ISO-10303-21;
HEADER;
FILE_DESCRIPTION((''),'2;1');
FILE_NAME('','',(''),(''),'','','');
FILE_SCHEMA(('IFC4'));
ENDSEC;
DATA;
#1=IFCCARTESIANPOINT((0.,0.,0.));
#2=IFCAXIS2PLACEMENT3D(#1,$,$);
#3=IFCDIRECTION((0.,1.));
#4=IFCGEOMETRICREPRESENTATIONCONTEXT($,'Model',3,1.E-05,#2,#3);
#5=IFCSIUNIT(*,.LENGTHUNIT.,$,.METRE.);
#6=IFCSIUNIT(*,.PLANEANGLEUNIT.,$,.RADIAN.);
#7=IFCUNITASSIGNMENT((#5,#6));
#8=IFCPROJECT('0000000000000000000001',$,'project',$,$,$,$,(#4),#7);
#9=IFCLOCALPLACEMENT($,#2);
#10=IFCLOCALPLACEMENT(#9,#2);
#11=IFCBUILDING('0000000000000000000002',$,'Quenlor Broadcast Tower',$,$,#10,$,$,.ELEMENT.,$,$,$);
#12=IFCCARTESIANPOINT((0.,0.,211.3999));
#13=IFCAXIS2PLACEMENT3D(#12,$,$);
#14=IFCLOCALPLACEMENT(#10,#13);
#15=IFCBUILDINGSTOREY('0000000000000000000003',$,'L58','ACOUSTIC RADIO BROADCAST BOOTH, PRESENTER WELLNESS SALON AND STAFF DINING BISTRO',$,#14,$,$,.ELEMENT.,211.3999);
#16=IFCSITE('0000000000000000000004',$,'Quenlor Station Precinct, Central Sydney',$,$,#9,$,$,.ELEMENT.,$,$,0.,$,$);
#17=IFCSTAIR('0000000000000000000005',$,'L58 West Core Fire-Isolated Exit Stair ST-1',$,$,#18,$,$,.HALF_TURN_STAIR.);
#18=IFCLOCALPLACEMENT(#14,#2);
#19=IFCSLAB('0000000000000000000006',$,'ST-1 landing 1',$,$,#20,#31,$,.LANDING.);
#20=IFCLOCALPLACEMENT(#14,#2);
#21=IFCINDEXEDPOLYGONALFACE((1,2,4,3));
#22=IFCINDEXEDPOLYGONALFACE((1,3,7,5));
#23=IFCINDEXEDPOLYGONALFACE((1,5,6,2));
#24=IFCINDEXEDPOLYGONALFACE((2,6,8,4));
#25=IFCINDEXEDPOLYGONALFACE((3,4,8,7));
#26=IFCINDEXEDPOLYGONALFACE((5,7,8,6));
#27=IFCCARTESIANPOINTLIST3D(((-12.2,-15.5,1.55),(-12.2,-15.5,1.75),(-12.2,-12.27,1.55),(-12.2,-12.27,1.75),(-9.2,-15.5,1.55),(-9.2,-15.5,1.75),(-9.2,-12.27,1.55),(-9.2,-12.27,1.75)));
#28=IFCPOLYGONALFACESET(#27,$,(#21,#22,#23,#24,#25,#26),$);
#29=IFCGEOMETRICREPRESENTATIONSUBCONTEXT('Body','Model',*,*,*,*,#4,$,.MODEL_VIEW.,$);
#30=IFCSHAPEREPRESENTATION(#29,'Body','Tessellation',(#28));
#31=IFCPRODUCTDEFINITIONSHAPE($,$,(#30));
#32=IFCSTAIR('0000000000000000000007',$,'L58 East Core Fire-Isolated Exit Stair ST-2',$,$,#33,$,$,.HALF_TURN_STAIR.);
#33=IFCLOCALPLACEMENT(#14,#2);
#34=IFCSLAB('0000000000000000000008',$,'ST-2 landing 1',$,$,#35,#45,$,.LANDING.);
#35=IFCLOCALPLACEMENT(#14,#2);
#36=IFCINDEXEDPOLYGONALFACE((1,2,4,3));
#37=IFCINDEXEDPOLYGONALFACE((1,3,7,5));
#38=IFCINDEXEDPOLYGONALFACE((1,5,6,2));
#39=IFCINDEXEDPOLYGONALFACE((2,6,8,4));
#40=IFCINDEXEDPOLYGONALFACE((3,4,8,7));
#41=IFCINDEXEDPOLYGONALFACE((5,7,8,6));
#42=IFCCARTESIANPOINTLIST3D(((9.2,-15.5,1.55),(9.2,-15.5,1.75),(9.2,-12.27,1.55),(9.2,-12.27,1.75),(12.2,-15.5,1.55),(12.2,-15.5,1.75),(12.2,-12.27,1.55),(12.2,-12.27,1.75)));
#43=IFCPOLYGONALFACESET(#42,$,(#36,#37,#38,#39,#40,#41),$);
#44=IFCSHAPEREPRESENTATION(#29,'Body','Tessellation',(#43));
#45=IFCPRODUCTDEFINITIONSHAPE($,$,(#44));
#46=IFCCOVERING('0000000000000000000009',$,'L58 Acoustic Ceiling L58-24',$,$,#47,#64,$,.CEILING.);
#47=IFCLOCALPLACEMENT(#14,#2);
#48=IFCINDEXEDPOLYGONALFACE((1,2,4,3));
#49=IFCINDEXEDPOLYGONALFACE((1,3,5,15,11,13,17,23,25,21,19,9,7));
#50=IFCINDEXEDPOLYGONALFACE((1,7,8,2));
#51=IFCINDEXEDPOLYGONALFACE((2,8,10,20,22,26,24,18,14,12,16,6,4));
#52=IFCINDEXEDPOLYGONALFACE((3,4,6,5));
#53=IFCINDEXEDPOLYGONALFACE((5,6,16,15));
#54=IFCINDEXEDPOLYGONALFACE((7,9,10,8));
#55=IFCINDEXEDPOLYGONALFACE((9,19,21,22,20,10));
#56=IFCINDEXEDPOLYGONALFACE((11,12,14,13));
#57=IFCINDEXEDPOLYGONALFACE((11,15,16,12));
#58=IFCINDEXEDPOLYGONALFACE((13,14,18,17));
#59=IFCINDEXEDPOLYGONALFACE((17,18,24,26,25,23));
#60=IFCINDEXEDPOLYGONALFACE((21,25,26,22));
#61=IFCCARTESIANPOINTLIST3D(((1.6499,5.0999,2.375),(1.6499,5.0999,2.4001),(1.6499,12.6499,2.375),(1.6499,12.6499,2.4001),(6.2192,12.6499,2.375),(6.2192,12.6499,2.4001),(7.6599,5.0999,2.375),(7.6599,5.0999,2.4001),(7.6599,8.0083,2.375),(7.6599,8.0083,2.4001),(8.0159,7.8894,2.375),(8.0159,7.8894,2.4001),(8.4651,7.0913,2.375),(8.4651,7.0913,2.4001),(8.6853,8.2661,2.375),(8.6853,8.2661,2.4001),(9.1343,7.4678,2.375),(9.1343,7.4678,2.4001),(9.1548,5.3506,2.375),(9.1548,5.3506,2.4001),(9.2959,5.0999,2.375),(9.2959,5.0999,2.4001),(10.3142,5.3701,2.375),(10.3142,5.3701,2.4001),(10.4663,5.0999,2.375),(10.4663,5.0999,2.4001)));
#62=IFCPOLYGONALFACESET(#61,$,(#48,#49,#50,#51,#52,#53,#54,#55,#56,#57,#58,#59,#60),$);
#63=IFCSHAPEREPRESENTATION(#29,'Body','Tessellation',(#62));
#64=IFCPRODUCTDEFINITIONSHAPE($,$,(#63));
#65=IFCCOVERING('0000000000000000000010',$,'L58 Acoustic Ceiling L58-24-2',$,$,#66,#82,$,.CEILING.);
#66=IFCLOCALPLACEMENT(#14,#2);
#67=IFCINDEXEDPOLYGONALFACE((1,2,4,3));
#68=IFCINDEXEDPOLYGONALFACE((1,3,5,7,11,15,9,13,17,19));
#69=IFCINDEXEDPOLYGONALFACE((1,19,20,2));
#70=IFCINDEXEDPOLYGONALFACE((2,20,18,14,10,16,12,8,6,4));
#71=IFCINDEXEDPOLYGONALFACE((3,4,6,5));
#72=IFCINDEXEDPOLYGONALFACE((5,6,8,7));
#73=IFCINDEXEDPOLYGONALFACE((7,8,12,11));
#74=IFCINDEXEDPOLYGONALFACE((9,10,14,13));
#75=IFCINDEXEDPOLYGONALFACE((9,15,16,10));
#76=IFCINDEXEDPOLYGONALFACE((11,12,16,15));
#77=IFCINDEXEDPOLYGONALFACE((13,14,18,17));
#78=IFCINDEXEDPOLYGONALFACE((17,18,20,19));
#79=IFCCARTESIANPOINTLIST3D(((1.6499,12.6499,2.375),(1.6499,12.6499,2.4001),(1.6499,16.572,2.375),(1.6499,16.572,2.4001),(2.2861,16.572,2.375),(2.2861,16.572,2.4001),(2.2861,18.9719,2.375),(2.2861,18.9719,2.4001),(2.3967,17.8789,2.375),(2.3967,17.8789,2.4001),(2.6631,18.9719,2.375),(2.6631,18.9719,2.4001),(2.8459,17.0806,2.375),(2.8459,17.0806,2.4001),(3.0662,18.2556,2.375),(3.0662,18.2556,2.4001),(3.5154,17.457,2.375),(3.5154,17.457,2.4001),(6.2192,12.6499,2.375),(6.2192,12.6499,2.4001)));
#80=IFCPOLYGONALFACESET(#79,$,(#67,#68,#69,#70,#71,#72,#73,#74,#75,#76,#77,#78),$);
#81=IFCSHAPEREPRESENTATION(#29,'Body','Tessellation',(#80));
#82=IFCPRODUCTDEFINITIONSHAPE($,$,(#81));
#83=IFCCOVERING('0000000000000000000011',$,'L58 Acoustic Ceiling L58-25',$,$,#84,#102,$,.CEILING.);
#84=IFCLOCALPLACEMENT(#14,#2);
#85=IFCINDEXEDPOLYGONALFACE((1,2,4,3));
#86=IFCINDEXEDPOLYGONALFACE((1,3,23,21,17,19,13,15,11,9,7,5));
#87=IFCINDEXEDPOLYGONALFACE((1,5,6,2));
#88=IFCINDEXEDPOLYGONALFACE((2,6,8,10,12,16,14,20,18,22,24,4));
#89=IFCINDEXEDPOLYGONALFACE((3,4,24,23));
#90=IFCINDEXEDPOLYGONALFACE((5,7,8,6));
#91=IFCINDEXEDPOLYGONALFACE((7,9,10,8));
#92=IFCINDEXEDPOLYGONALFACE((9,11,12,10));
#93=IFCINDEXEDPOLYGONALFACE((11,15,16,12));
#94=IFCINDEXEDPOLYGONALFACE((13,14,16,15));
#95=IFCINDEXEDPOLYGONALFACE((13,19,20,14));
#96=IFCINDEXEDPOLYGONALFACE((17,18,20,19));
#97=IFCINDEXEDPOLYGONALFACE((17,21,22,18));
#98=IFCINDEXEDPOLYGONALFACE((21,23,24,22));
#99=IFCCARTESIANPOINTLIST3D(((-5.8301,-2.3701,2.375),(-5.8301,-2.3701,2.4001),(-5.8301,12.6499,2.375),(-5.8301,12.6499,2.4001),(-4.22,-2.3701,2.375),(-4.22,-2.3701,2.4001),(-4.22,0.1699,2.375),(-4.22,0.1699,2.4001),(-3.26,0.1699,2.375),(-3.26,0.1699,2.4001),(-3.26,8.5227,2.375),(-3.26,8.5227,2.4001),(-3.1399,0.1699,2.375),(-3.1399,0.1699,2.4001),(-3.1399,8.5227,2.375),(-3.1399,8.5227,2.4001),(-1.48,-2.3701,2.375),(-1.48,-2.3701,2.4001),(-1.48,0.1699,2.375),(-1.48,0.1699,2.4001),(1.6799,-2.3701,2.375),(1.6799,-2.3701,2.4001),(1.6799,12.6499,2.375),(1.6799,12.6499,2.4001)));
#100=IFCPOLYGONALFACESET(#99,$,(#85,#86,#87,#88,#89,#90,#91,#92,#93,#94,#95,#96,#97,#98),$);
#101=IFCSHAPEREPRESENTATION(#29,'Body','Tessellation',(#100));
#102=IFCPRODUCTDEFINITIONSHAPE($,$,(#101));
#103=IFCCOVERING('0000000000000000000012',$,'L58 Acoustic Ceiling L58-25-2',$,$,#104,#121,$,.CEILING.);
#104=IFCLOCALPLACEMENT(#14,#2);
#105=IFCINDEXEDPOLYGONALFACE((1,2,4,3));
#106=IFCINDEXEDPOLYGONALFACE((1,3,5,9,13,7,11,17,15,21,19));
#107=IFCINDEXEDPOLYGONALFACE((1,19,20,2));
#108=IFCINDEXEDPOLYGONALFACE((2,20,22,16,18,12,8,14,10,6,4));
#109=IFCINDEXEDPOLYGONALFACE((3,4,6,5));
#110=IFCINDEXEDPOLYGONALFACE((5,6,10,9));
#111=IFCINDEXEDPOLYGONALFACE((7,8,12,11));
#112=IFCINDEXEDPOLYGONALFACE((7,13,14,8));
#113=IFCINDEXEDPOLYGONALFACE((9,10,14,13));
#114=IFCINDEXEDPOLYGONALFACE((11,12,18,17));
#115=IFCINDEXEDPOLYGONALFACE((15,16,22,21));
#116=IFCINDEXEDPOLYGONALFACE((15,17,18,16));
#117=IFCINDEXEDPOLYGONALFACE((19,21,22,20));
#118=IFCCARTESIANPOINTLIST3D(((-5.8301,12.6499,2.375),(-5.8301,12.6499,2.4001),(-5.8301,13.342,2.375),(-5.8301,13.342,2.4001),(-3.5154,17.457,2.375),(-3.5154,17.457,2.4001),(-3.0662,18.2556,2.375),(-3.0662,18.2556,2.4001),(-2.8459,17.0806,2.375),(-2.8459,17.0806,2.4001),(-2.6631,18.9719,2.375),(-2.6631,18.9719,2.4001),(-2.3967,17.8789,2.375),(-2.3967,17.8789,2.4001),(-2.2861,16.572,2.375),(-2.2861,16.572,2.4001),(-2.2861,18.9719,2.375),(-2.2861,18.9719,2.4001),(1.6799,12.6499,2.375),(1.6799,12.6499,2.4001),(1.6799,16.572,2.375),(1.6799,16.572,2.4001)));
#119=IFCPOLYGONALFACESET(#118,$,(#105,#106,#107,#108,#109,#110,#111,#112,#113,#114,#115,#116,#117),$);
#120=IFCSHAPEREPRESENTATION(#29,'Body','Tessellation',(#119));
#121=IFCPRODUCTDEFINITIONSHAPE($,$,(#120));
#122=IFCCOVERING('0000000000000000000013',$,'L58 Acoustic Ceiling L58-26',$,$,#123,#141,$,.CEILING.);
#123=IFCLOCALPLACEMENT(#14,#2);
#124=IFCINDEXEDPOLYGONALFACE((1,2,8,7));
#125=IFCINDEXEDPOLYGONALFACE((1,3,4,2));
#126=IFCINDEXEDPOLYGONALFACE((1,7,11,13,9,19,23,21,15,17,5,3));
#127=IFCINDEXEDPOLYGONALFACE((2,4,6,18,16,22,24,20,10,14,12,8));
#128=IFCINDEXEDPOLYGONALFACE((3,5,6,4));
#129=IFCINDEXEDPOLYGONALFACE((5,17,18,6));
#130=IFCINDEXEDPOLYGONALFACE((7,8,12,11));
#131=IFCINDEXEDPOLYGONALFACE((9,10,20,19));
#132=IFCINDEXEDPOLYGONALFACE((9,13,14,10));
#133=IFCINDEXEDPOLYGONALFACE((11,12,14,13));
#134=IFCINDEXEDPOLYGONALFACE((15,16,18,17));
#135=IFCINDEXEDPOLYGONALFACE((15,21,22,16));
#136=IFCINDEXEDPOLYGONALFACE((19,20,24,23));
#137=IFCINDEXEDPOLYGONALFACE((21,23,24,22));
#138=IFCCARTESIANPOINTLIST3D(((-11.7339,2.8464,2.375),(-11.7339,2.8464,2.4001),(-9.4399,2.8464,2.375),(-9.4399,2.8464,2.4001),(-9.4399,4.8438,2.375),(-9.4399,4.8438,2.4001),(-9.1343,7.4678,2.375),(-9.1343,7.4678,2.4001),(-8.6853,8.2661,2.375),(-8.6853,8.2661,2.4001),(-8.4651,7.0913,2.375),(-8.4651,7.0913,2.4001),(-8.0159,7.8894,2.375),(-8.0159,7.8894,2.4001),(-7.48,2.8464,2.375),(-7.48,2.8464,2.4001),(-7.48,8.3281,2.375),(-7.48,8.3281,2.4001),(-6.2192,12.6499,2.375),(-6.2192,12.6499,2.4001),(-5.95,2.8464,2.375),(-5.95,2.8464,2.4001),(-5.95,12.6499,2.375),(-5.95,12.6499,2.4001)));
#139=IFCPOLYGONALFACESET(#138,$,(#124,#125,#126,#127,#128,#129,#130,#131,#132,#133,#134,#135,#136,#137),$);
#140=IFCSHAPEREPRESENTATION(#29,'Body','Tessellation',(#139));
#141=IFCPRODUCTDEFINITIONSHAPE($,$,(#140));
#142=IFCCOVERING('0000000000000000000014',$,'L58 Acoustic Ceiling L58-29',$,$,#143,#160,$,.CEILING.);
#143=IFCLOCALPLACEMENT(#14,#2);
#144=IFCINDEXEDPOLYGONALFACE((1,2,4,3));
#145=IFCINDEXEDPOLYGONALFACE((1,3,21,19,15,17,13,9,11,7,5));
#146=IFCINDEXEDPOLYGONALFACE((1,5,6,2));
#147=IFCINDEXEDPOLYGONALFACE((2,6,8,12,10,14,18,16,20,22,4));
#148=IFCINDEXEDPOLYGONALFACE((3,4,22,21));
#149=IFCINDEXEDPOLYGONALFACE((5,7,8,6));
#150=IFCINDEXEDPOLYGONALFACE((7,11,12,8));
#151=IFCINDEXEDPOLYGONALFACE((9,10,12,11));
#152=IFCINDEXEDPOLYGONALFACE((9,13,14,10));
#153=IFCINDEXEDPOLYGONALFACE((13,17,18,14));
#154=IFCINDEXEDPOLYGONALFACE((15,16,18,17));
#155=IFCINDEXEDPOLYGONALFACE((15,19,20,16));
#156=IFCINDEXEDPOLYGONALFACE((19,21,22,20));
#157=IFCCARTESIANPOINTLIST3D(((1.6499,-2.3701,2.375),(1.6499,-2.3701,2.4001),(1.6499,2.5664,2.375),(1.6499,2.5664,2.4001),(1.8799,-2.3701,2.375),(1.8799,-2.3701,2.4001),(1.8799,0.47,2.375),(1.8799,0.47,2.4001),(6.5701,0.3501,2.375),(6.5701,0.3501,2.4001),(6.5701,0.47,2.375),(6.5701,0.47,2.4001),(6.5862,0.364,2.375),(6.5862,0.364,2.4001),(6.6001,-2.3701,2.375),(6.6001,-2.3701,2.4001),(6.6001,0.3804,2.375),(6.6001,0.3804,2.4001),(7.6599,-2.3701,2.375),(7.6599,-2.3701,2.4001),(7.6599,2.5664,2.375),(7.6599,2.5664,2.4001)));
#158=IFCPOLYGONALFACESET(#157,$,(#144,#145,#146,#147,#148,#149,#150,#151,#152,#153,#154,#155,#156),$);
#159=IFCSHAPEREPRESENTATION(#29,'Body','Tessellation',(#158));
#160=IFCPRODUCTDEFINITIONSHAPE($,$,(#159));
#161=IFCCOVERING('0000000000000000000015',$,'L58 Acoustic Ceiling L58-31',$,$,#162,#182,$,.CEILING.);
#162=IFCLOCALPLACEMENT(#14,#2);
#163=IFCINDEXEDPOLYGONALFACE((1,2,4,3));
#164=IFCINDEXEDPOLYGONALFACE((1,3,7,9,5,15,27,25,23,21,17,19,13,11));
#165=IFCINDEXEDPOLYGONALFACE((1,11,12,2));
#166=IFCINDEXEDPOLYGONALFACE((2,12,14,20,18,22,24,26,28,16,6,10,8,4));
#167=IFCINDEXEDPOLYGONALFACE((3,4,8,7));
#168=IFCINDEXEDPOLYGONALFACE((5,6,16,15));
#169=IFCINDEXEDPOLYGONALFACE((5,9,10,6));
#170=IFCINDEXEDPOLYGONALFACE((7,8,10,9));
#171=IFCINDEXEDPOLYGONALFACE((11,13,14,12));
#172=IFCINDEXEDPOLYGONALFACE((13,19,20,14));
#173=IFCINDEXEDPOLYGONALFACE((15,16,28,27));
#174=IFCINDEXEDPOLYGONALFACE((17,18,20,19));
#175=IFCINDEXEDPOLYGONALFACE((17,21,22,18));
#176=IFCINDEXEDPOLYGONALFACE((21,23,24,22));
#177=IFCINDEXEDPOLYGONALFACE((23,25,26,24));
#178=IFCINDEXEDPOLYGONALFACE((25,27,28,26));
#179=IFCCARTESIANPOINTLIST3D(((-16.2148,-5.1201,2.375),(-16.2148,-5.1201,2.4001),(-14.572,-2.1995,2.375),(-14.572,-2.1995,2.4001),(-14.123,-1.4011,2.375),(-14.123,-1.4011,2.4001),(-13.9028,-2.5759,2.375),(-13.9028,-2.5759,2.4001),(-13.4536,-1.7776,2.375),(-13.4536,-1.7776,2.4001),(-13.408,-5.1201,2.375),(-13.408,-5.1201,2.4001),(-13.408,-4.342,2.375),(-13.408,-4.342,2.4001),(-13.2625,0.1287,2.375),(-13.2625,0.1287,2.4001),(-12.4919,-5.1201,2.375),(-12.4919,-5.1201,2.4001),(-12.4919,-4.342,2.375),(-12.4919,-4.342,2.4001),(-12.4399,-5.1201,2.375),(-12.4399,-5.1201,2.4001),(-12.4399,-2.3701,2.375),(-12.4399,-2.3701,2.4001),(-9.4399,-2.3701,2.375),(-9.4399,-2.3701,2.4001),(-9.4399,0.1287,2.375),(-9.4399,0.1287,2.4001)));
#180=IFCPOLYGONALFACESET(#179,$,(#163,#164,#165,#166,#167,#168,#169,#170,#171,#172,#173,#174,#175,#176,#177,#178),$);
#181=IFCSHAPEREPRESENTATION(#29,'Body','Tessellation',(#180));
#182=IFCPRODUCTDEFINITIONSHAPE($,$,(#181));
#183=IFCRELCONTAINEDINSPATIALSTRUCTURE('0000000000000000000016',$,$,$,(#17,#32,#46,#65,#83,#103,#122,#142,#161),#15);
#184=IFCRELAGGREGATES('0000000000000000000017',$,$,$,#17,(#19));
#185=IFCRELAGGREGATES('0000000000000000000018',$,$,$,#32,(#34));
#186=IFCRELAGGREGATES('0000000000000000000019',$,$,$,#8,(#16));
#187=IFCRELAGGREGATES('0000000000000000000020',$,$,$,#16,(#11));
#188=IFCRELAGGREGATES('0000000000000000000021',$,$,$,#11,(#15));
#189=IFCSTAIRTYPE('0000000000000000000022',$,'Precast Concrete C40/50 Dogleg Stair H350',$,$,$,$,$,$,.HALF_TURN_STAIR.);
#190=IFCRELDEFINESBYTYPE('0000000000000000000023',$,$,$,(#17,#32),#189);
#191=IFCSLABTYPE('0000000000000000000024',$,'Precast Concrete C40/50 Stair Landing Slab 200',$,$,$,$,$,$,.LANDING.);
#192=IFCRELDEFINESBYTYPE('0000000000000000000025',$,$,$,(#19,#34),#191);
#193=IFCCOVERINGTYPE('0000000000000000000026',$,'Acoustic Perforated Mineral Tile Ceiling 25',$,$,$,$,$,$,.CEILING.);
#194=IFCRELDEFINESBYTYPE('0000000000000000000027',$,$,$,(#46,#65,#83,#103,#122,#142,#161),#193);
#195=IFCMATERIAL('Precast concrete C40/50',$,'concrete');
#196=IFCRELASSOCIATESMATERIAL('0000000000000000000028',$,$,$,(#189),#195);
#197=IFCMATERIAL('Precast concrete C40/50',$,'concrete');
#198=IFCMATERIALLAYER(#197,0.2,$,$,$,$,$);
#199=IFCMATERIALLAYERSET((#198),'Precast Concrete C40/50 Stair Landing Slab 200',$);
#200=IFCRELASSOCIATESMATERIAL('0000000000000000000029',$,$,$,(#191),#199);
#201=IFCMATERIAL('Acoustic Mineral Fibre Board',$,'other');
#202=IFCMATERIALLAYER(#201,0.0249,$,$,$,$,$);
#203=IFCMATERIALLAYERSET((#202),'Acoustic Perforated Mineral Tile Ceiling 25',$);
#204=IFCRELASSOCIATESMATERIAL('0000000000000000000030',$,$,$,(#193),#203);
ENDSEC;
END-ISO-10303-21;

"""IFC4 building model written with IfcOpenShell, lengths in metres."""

from ifc_helpers import new_model, si_unit, direction, frame, origin, place, context, subcontext, project, spatial, polyline, outline, extrude, material, layer, layer_set, type_object, element, aggregate, save


model = new_model("IFC4")

# Units and contexts
model_context = context("Model", 3, precision=1e-05, world=origin(), true_north=direction((0.0, 1.0)))
body_context = subcontext(model_context, "Body", "Model", "MODEL_VIEW")
ifc_project = project(units=[si_unit("LENGTHUNIT", "METRE"), si_unit("PLANEANGLEUNIT", "RADIAN")], contexts=[model_context])

# Site, building, storey
site_placement = place(None, origin())
site = spatial("IfcSite", under=ifc_project, at=site_placement, Name="Quenlor Station Precinct, Central Sydney", CompositionType="ELEMENT", RefElevation=0.0)
building_placement = place(site_placement, origin())
building = spatial("IfcBuilding", under=site, at=building_placement, Name="Quenlor Broadcast Tower", CompositionType="ELEMENT")
storey_placement = place(building_placement, frame((0.0, 0.0, 211.3999)))
storey = spatial("IfcBuildingStorey", under=building, at=storey_placement, Name="L58", Description="ACOUSTIC RADIO BROADCAST BOOTH, PRESENTER WELLNESS SALON AND STAFF DINING BISTRO", CompositionType="ELEMENT", Elevation=211.3999)

# Stairs, slabs
ifc_material_1 = material(Name="Precast concrete C40/50", Category="concrete")
stair_type = type_object("IfcStairType", Name="Precast Concrete C40/50 Dogleg Stair H350", PredefinedType="HALF_TURN_STAIR", material=ifc_material_1)
stair_1_placement = place(storey_placement, origin())
stair_1 = element("IfcStair", 1, at=stair_1_placement, inside=storey, type_object=stair_type, Name="L58 West Core Fire-Isolated Exit Stair ST-1", PredefinedType="HALF_TURN_STAIR")
ifc_material_2 = material(Name="Precast concrete C40/50", Category="concrete")
ifc_layer_1 = layer(ifc_material_2, 0.2)
ifc_layer_set_1 = layer_set([ifc_layer_1], Name="Precast Concrete C40/50 Stair Landing Slab 200")
slab_type = type_object("IfcSlabType", Name="Precast Concrete C40/50 Stair Landing Slab 200", PredefinedType="LANDING", material=ifc_layer_set_1)
slab_1_placement = place(storey_placement, frame((0.0, 0.0, 1.55)))
slab_1 = element("IfcSlab", 2, at=slab_1_placement, type_object=slab_type, Name="ST-1 landing 1", PredefinedType="LANDING", context=body_context, shape_type="SweptSolid", body=[
    extrude(outline(polyline([(-12.2, -12.27), (-12.2, -15.5), (-9.2, -15.5), (-9.2, -12.27), (-12.2, -12.27)])), origin(), (0.0, 0.0, 1.0), 0.2),
])
aggregate(stair_1, [slab_1])
stair_2_placement = place(storey_placement, origin())
stair_2 = element("IfcStair", 3, at=stair_2_placement, inside=storey, type_object=stair_type, Name="L58 East Core Fire-Isolated Exit Stair ST-2", PredefinedType="HALF_TURN_STAIR")
slab_2_placement = place(storey_placement, frame((0.0, 0.0, 1.55)))
slab_2 = element("IfcSlab", 4, at=slab_2_placement, type_object=slab_type, Name="ST-2 landing 1", PredefinedType="LANDING", context=body_context, shape_type="SweptSolid", body=[
    extrude(outline(polyline([(9.2, -12.27), (9.2, -15.5), (12.2, -15.5), (12.2, -12.27), (9.2, -12.27)])), origin(), (0.0, 0.0, 1.0), 0.2),
])
aggregate(stair_2, [slab_2])

# Coverings
ifc_material_3 = material(Name="Acoustic Mineral Fibre Board", Category="other")
ifc_layer_2 = layer(ifc_material_3, 0.0249)
ifc_layer_set_2 = layer_set([ifc_layer_2], Name="Acoustic Perforated Mineral Tile Ceiling 25")
covering_type_1 = type_object("IfcCoveringType", Name="Acoustic Perforated Mineral Tile Ceiling 25", PredefinedType="CEILING", material=ifc_layer_set_2)
covering_1_placement = place(storey_placement, frame((0.0, 0.0, 2.375)))
element("IfcCovering", 5, at=covering_1_placement, inside=storey, type_object=covering_type_1, Name="L58 Acoustic Ceiling L58-24", PredefinedType="CEILING", context=body_context, shape_type="SweptSolid", body=[
    extrude(outline(polyline([(1.6499, 5.0999), (1.6499, 12.6499), (6.2192, 12.6499), (8.6853, 8.2661), (8.0159, 7.8894), (8.4651, 7.0913), (9.1343, 7.4678), (10.3142, 5.3701), (10.4663, 5.0999), (9.2959, 5.0999), (9.1548, 5.3506), (7.6599, 8.0083), (7.6599, 5.0999), (1.6499, 5.0999)])), origin(), (0.0, 0.0, 1.0), 0.0251),
])
covering_2_placement = place(storey_placement, frame((0.0, 0.0, 2.375)))
element("IfcCovering", 6, at=covering_2_placement, inside=storey, type_object=covering_type_1, Name="L58 Acoustic Ceiling L58-24-2", PredefinedType="CEILING", context=body_context, shape_type="SweptSolid", body=[
    extrude(outline(polyline([(1.6499, 16.572), (2.2861, 16.572), (2.2861, 18.9719), (2.6631, 18.9719), (3.0662, 18.2556), (2.3967, 17.8789), (2.8459, 17.0806), (3.5154, 17.457), (6.2192, 12.6499), (1.6499, 12.6499), (1.6499, 16.572)])), origin(), (0.0, 0.0, 1.0), 0.0251),
])
covering_3_placement = place(storey_placement, frame((0.0, 0.0, 2.375)))
element("IfcCovering", 7, at=covering_3_placement, inside=storey, type_object=covering_type_1, Name="L58 Acoustic Ceiling L58-25", PredefinedType="CEILING", context=body_context, shape_type="SweptSolid", body=[
    extrude(outline(polyline([(1.6799, -2.3701), (-1.48, -2.3701), (-1.48, 0.1699), (-3.1399, 0.1699), (-3.1399, 8.5227), (-3.26, 8.5227), (-3.26, 0.1699), (-4.22, 0.1699), (-4.22, -2.3701), (-5.8301, -2.3701), (-5.8301, 12.6499), (1.6799, 12.6499), (1.6799, -2.3701)])), origin(), (0.0, 0.0, 1.0), 0.0251),
])
covering_4_placement = place(storey_placement, frame((0.0, 0.0, 2.375)))
element("IfcCovering", 8, at=covering_4_placement, inside=storey, type_object=covering_type_1, Name="L58 Acoustic Ceiling L58-25-2", PredefinedType="CEILING", context=body_context, shape_type="SweptSolid", body=[
    extrude(outline(polyline([(1.6799, 16.572), (1.6799, 12.6499), (-5.8301, 12.6499), (-5.8301, 13.342), (-3.5154, 17.457), (-2.8459, 17.0806), (-2.3967, 17.8789), (-3.0662, 18.2556), (-2.6631, 18.9719), (-2.2861, 18.9719), (-2.2861, 16.572), (1.6799, 16.572)])), origin(), (0.0, 0.0, 1.0), 0.0251),
])
covering_5_placement = place(storey_placement, frame((0.0, 0.0, 2.375)))
element("IfcCovering", 9, at=covering_5_placement, inside=storey, type_object=covering_type_1, Name="L58 Acoustic Ceiling L58-26", PredefinedType="CEILING", context=body_context, shape_type="SweptSolid", body=[
    extrude(outline(polyline([(-7.48, 2.8464), (-7.48, 8.3281), (-9.4399, 4.8438), (-9.4399, 2.8464), (-11.7339, 2.8464), (-9.1343, 7.4678), (-8.4651, 7.0913), (-8.0159, 7.8894), (-8.6853, 8.2661), (-6.2192, 12.6499), (-5.95, 12.6499), (-5.95, 2.8464), (-7.48, 2.8464)])), origin(), (0.0, 0.0, 1.0), 0.0251),
])
covering_6_placement = place(storey_placement, frame((0.0, 0.0, 2.375)))
element("IfcCovering", 10, at=covering_6_placement, inside=storey, type_object=covering_type_1, Name="L58 Acoustic Ceiling L58-29", PredefinedType="CEILING", context=body_context, shape_type="SweptSolid", body=[
    extrude(outline(polyline([(6.5862, 0.364), (6.5701, 0.3501), (6.5701, 0.47), (1.8799, 0.47), (1.8799, -2.3701), (1.6499, -2.3701), (1.6499, 2.5664), (7.6599, 2.5664), (7.6599, -2.3701), (6.6001, -2.3701), (6.6001, 0.3804), (6.5862, 0.364)])), origin(), (0.0, 0.0, 1.0), 0.0251),
])
covering_7_placement = place(storey_placement, frame((0.0, 0.0, 2.375)))
element("IfcCovering", 11, at=covering_7_placement, inside=storey, type_object=covering_type_1, Name="L58 Acoustic Ceiling L58-31", PredefinedType="CEILING", context=body_context, shape_type="SweptSolid", body=[
    extrude(outline(polyline([(-14.572, -2.1995), (-13.9028, -2.5759), (-13.4536, -1.7776), (-14.123, -1.4011), (-13.2625, 0.1287), (-9.4399, 0.1287), (-9.4399, -2.3701), (-12.4399, -2.3701), (-12.4399, -5.1201), (-12.4919, -5.1201), (-12.4919, -4.342), (-13.408, -4.342), (-13.408, -5.1201), (-16.2148, -5.1201), (-14.572, -2.1995)])), origin(), (0.0, 0.0, 1.0), 0.0251),
])

save(model, "model.ifc")
